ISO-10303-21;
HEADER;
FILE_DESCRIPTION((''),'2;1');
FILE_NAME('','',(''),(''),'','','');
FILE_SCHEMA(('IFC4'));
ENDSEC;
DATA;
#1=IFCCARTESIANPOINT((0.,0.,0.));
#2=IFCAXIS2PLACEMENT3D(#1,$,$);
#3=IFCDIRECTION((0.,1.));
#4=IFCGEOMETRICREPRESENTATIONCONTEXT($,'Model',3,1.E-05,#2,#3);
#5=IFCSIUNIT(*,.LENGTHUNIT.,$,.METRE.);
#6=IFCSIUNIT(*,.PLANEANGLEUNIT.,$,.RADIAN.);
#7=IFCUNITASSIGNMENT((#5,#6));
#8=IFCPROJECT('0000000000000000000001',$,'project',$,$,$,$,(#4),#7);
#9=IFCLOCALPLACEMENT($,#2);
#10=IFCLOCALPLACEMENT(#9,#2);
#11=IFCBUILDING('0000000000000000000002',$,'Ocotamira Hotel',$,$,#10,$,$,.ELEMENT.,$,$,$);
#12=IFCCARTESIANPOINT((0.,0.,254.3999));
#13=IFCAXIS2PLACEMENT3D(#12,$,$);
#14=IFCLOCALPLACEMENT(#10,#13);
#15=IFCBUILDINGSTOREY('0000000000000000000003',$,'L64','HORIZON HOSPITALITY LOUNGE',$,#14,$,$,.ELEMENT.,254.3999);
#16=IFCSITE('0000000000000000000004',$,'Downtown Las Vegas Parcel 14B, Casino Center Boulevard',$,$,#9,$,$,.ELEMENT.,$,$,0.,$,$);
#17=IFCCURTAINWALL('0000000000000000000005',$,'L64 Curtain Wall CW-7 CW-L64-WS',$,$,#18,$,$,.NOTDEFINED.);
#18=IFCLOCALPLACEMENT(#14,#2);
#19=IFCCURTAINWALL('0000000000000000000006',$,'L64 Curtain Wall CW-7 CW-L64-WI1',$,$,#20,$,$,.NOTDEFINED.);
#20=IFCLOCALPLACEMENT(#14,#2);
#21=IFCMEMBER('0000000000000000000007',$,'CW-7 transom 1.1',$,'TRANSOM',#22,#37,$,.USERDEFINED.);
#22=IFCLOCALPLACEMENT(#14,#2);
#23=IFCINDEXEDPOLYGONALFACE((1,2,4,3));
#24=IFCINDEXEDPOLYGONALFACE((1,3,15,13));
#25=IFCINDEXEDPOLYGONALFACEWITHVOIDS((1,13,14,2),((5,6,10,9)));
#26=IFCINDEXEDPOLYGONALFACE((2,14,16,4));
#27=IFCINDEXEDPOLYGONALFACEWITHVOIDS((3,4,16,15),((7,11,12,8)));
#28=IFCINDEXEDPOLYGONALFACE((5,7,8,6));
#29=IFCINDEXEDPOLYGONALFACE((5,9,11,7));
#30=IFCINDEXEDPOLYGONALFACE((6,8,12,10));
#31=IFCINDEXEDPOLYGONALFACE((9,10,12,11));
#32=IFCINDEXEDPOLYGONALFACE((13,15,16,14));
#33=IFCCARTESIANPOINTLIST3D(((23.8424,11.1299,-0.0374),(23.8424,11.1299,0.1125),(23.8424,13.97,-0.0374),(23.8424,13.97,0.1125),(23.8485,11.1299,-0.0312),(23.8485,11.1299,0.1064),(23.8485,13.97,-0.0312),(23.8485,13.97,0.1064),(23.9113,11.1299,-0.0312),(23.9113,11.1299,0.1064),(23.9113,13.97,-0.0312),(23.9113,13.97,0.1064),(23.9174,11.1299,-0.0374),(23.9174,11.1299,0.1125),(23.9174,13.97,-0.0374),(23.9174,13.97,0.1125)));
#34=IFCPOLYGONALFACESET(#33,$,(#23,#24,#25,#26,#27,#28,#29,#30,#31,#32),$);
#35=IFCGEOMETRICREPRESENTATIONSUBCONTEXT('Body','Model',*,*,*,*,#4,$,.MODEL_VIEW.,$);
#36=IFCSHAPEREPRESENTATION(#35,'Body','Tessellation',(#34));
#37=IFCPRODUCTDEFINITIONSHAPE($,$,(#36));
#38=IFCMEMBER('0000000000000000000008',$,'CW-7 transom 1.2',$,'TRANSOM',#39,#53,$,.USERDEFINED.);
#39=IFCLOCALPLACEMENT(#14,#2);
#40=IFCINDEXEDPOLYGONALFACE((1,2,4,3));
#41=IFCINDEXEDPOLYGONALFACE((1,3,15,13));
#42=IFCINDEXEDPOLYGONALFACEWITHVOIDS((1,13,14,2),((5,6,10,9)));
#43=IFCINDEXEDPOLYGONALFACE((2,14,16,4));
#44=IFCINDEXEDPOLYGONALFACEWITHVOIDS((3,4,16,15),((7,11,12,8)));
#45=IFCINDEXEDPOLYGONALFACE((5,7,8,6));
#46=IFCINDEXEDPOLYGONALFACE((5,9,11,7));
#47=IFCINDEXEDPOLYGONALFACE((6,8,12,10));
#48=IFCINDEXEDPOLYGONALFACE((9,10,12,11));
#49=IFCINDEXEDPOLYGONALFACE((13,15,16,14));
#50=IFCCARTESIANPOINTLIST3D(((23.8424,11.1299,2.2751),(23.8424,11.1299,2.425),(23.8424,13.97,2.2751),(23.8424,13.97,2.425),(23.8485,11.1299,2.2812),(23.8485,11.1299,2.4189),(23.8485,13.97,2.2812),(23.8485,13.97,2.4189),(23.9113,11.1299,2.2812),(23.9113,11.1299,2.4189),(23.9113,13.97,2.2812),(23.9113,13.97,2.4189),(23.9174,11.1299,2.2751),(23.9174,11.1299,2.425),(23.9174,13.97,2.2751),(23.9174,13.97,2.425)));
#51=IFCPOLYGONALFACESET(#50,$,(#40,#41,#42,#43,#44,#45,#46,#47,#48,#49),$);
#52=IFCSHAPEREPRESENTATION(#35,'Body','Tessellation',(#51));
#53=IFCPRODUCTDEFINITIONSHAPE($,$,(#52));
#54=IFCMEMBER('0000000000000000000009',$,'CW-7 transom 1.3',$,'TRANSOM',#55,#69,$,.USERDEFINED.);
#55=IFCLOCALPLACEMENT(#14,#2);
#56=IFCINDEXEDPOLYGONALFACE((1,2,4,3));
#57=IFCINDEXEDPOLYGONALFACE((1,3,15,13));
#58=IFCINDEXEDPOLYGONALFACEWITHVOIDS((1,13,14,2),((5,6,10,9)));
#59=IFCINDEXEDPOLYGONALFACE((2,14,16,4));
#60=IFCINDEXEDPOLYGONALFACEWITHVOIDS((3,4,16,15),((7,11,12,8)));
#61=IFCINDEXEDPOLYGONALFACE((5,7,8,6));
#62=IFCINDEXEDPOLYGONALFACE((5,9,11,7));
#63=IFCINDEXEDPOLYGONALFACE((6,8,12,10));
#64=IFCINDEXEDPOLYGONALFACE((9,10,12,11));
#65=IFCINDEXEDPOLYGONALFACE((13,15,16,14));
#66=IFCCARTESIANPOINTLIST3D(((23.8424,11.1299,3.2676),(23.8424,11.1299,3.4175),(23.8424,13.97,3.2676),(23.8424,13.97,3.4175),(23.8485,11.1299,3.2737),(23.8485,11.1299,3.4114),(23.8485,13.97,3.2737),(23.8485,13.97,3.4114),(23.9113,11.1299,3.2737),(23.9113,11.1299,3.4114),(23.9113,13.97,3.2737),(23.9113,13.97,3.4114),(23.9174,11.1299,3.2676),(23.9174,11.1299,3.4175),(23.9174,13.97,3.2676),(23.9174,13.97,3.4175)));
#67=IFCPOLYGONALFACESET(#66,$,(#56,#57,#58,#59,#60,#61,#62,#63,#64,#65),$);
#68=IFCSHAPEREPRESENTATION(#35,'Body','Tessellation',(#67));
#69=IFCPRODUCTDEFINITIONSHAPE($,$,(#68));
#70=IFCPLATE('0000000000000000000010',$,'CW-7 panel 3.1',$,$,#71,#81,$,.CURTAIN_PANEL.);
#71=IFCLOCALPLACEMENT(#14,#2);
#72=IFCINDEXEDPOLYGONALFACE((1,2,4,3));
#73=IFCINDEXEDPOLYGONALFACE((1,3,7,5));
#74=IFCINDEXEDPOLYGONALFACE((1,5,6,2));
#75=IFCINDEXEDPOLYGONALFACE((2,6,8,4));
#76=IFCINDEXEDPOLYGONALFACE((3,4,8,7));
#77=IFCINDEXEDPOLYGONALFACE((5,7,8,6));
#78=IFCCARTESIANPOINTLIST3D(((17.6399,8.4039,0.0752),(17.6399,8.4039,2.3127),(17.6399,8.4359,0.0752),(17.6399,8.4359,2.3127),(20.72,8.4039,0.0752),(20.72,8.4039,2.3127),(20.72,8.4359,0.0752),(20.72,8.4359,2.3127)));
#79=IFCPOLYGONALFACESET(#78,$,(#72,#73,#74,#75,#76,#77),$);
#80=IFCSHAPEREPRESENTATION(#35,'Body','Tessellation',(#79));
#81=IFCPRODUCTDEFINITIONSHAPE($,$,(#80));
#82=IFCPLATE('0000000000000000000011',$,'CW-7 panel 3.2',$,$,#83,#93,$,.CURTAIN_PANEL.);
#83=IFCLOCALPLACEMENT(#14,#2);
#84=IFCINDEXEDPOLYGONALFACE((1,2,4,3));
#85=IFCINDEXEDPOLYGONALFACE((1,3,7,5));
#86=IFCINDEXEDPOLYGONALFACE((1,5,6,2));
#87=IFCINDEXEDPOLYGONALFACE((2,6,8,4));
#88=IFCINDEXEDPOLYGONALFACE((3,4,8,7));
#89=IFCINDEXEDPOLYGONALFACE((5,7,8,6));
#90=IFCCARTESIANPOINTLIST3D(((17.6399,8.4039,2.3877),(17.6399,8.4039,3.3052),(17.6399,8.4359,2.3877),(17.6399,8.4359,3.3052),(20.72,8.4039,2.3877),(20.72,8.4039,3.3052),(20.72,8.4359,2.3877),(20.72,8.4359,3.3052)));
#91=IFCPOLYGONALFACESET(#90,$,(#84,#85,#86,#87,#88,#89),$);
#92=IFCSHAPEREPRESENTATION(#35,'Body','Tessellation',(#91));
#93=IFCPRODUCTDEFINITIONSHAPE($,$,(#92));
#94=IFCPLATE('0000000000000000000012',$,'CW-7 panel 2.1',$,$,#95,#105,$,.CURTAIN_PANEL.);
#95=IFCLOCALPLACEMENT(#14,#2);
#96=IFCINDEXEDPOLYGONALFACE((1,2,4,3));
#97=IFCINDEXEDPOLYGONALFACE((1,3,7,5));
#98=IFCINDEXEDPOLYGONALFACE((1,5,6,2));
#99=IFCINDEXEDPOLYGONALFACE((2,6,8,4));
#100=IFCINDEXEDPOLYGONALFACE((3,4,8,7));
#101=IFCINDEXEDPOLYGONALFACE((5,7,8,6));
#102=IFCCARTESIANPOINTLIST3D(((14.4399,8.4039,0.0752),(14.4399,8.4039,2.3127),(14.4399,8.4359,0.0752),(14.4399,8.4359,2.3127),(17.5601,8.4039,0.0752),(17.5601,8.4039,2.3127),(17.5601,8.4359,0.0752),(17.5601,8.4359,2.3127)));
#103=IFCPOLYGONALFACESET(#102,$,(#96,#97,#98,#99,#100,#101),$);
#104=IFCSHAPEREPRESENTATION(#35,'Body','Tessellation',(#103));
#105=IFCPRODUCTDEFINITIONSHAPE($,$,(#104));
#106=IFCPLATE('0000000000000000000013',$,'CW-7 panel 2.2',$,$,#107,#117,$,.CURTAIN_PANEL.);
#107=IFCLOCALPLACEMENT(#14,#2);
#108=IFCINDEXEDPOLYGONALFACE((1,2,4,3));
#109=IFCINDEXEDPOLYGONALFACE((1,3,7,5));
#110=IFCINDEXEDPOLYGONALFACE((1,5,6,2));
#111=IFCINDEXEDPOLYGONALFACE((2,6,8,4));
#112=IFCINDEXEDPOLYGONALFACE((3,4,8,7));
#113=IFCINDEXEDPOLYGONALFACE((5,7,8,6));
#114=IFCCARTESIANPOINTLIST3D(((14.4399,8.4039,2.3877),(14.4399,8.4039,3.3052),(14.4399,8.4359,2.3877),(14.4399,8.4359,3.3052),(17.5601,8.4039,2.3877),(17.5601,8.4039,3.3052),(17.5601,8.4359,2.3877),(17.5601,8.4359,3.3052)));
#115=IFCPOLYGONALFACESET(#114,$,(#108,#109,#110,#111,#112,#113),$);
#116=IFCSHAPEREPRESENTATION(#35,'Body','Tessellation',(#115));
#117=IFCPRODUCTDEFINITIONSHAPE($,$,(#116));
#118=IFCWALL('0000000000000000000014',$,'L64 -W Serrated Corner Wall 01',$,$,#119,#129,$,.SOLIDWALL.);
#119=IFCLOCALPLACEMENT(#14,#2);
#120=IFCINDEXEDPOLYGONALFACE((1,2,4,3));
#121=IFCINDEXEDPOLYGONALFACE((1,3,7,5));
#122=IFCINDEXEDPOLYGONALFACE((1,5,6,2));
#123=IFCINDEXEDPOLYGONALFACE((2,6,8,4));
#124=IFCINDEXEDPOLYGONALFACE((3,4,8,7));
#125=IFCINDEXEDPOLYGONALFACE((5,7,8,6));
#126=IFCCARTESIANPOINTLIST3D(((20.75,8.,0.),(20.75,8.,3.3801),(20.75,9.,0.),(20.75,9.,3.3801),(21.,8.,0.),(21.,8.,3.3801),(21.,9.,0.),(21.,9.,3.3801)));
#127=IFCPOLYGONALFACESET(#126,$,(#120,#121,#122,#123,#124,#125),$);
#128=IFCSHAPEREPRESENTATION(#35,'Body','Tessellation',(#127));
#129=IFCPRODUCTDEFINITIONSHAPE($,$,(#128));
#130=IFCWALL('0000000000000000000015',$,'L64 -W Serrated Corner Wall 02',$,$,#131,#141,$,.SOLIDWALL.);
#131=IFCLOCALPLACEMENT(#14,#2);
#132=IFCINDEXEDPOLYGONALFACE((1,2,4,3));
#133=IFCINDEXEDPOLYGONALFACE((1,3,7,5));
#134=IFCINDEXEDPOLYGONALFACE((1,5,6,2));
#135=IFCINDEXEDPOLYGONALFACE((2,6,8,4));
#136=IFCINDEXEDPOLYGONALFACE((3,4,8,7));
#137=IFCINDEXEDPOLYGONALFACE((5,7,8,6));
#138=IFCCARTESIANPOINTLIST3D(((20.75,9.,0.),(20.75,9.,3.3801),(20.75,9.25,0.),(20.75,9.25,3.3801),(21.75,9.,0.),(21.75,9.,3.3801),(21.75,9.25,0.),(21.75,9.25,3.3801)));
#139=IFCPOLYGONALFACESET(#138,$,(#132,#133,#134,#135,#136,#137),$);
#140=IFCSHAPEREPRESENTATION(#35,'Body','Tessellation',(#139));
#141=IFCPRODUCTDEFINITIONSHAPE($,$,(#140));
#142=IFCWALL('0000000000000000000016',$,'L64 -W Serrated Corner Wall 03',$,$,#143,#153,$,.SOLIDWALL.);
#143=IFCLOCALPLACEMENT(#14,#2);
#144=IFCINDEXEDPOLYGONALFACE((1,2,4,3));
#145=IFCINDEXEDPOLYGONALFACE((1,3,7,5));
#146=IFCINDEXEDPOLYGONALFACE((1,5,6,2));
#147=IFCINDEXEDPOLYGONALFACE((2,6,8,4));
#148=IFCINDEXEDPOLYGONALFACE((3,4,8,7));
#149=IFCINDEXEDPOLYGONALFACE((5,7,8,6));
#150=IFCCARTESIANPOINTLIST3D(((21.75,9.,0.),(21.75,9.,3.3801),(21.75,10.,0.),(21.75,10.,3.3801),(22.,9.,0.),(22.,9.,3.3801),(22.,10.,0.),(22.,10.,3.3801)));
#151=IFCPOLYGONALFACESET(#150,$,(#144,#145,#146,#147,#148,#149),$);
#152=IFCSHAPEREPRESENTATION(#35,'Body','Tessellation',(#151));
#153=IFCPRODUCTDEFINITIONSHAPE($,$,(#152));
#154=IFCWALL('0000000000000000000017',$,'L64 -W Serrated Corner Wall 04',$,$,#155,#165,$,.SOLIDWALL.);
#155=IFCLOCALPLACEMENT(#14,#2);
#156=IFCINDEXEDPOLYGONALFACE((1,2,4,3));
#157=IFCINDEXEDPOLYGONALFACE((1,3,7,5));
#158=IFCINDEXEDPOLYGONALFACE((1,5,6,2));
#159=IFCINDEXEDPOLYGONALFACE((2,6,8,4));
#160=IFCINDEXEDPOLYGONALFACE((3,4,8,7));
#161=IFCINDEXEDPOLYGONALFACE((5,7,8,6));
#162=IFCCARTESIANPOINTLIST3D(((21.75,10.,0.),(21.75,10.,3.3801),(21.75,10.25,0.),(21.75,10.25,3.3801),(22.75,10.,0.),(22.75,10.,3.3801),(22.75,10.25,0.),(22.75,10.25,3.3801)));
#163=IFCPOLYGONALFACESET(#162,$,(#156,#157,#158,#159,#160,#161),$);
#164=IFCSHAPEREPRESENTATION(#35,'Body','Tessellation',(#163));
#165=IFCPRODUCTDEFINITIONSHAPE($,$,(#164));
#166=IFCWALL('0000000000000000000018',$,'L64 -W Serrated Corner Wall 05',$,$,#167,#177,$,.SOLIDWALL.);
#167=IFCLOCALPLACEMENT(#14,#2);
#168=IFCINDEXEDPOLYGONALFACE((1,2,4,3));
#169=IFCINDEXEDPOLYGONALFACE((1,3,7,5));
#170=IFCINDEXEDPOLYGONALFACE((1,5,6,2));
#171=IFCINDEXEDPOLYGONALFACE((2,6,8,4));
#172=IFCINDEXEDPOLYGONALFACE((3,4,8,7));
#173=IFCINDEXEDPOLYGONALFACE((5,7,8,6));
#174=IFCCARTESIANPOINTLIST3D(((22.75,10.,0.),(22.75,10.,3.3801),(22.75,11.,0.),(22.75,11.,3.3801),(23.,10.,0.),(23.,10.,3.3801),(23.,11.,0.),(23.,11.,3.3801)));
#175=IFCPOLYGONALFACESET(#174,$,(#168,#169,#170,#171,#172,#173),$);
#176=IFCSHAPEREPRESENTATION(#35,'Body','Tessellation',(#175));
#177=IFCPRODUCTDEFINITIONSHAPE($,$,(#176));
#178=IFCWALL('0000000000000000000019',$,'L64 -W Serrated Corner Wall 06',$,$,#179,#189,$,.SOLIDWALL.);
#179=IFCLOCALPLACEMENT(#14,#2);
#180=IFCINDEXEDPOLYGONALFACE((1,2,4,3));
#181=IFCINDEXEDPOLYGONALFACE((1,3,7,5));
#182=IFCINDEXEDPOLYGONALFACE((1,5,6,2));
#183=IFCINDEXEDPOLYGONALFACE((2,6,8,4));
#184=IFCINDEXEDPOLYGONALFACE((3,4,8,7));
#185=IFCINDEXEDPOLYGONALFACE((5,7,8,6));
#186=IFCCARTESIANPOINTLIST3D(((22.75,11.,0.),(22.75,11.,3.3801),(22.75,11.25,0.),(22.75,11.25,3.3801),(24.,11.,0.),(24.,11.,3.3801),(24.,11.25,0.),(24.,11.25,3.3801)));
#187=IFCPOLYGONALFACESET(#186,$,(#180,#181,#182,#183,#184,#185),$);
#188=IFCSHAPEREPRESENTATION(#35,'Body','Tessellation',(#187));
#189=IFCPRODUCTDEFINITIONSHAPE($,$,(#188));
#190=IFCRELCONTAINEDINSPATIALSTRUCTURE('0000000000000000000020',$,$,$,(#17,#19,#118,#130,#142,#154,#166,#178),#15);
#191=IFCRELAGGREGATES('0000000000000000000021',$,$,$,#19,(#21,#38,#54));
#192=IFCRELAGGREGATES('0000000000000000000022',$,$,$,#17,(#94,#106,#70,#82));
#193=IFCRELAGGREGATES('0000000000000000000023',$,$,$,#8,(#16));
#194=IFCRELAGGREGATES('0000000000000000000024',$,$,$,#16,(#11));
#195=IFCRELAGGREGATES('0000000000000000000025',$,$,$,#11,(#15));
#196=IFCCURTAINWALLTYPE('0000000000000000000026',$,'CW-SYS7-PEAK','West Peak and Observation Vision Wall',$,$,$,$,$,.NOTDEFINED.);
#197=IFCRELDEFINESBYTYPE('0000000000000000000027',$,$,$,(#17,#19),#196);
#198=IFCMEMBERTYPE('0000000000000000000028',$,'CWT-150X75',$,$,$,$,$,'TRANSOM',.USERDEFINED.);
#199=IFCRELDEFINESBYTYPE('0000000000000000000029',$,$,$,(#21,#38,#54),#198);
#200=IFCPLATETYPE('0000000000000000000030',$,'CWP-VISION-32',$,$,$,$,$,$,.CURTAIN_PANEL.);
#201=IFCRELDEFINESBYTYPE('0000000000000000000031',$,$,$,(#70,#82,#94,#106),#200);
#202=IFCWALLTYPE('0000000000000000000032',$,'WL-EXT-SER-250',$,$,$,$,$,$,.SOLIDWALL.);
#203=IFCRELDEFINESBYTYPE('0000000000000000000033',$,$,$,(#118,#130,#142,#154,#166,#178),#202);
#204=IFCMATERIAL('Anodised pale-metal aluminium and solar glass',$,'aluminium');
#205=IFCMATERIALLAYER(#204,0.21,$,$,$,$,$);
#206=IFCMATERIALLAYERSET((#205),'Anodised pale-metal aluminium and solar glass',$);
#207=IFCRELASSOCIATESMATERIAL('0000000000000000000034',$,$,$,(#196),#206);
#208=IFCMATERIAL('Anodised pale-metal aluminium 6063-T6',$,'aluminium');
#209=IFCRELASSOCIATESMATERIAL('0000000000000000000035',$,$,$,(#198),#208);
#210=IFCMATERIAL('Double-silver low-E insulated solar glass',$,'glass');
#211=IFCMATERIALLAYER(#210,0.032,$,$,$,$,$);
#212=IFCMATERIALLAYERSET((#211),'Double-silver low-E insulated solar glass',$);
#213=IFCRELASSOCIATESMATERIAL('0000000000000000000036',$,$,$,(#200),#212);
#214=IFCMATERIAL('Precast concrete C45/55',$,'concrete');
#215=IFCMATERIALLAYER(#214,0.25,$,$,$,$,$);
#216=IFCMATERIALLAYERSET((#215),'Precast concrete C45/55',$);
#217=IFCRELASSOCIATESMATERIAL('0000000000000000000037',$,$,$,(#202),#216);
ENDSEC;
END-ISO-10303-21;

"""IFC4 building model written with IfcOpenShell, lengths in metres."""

from ifc_helpers import new_model, si_unit, direction, frame, frame_2d, origin, origin_2d, place, context, subcontext, project, spatial, rectangle, hollow_rectangle, extrude, source, transform, mapped, material, layer, layer_set, material_profile, profile_set, type_object, element, aggregate, save


model = new_model("IFC4")

# Units and contexts
model_context = context("Model", 3, precision=1e-05, world=origin(), true_north=direction((0.0, 1.0)))
body_context = subcontext(model_context, "Body", "Model", "MODEL_VIEW")
ifc_project = project(units=[si_unit("LENGTHUNIT", "METRE"), si_unit("PLANEANGLEUNIT", "RADIAN")], contexts=[model_context])

# Site, building, storey
site_placement = place(None, origin())
site = spatial("IfcSite", under=ifc_project, at=site_placement, Name="Downtown Las Vegas Parcel 14B, Casino Center Boulevard", CompositionType="ELEMENT", RefElevation=0.0)
building_placement = place(site_placement, origin())
building = spatial("IfcBuilding", under=site, at=building_placement, Name="Ocotamira Hotel", CompositionType="ELEMENT")
storey_placement = place(building_placement, frame((0.0, 0.0, 254.3999)))
storey = spatial("IfcBuildingStorey", under=building, at=storey_placement, Name="L64", Description="HORIZON HOSPITALITY LOUNGE", CompositionType="ELEMENT", Elevation=254.3999)

# Curtain wall
ifc_material_1 = material(Name="Anodised pale-metal aluminium and solar glass", Category="aluminium")
ifc_layer_1 = layer(ifc_material_1, 0.21)
ifc_layer_set_1 = layer_set([ifc_layer_1], Name="Anodised pale-metal aluminium and solar glass")
curtain_wall_type = type_object("IfcCurtainWallType", Name="CW-SYS7-PEAK", Description="West Peak and Observation Vision Wall", PredefinedType="NOTDEFINED", material=ifc_layer_set_1)
curtain_wall_1_placement = place(storey_placement, origin())
curtain_wall_1 = element("IfcCurtainWall", 1, at=curtain_wall_1_placement, inside=storey, type_object=curtain_wall_type, Name="L64 Curtain Wall CW-7 CW-L64-WS", PredefinedType="NOTDEFINED")
ifc_material_2 = material(Name="Anodised pale-metal aluminium 6063-T6", Category="aluminium")

# Curtain wall
curtain_wall_2_placement = place(storey_placement, origin())
curtain_wall_2 = element("IfcCurtainWall", 2, at=curtain_wall_2_placement, inside=storey, type_object=curtain_wall_type, Name="L64 Curtain Wall CW-7 CW-L64-WI1", PredefinedType="NOTDEFINED")

# Members
ifc_material_profile_1 = material_profile(ifc_material_2, hollow_rectangle(XDim=0.075, YDim=0.1499, WallThickness=0.0061, at=origin_2d()), Name="HSS150X75X6")
ifc_profile_set_1 = profile_set([ifc_material_profile_1], Name="Anodised pale-metal aluminium 6063-T6")
member_type_1 = type_object("IfcMemberType", Name="CWT-150X75", ElementType="TRANSOM", PredefinedType="USERDEFINED", material=ifc_profile_set_1)
shared_shape_1 = source(origin(), body_context, "Body", "SweptSolid", [
    extrude(hollow_rectangle(XDim=0.075, YDim=0.1499, WallThickness=0.0061, at=origin_2d()), origin(), (0.0, 0.0, 1.0), 2.8401),
])
member_1_placement = place(storey_placement, frame((23.8799, 11.1299, 0.0376), z_axis=(0.0, 1.0, 0.0), x_axis=(-1.0, 0.0, 0.0)))
member_1 = element("IfcMember", 3, at=member_1_placement, type_object=member_type_1, Name="CW-7 transom 1.1", ObjectType="TRANSOM", PredefinedType="USERDEFINED", context=body_context, shape_type="MappedRepresentation", body=[
    mapped(shared_shape_1, transform((0.0, 0.0, 0.0), scale=1.0)),
])
member_2_placement = place(storey_placement, frame((23.8799, 11.1299, 2.3501), z_axis=(0.0, 1.0, 0.0), x_axis=(-1.0, 0.0, 0.0)))
member_2 = element("IfcMember", 4, at=member_2_placement, type_object=member_type_1, Name="CW-7 transom 1.2", ObjectType="TRANSOM", PredefinedType="USERDEFINED", context=body_context, shape_type="MappedRepresentation", body=[
    mapped(shared_shape_1, transform((0.0, 0.0, 0.0), scale=1.0)),
])
member_3_placement = place(storey_placement, frame((23.8799, 11.1299, 3.3425), z_axis=(0.0, 1.0, 0.0), x_axis=(-1.0, 0.0, 0.0)))
member_3 = element("IfcMember", 5, at=member_3_placement, type_object=member_type_1, Name="CW-7 transom 1.3", ObjectType="TRANSOM", PredefinedType="USERDEFINED", context=body_context, shape_type="MappedRepresentation", body=[
    mapped(shared_shape_1, transform((0.0, 0.0, 0.0), scale=1.0)),
])
aggregate(curtain_wall_2, [member_1, member_2, member_3])

# Plates
ifc_material_3 = material(Name="Double-silver low-E insulated solar glass", Category="glass")
ifc_layer_2 = layer(ifc_material_3, 0.032)
ifc_layer_set_2 = layer_set([ifc_layer_2], Name="Double-silver low-E insulated solar glass")
plate_type = type_object("IfcPlateType", Name="CWP-VISION-32", PredefinedType="CURTAIN_PANEL", material=ifc_layer_set_2)
shared_shape_2 = source(origin(), body_context, "Body", "SweptSolid", [
    extrude(rectangle(XDim=3.0801, YDim=0.032, at=origin_2d()), origin(), (0.0, 0.0, 1.0), 2.2375),
])
plate_1_placement = place(storey_placement, frame((19.1799, 8.4199, 0.0752), z_axis=(0.0, 0.0, 1.0), x_axis=(1.0, 0.0, 0.0)))
plate_1 = element("IfcPlate", 6, at=plate_1_placement, type_object=plate_type, Name="CW-7 panel 3.1", PredefinedType="CURTAIN_PANEL", context=body_context, shape_type="MappedRepresentation", body=[
    mapped(shared_shape_2, transform((0.0, 0.0, 0.0), scale=1.0)),
])
shared_shape_3 = source(origin(), body_context, "Body", "SweptSolid", [
    extrude(rectangle(XDim=3.0801, YDim=0.032, at=origin_2d()), origin(), (0.0, 0.0, 1.0), 0.9175),
])
plate_2_placement = place(storey_placement, frame((19.1799, 8.4199, 2.3877), z_axis=(0.0, 0.0, 1.0), x_axis=(1.0, 0.0, 0.0)))
plate_2 = element("IfcPlate", 7, at=plate_2_placement, type_object=plate_type, Name="CW-7 panel 3.2", PredefinedType="CURTAIN_PANEL", context=body_context, shape_type="MappedRepresentation", body=[
    mapped(shared_shape_3, transform((0.0, 0.0, 0.0), scale=1.0)),
])
shared_shape_4 = source(origin(), body_context, "Body", "SweptSolid", [
    extrude(rectangle(XDim=3.1201, YDim=0.032, at=origin_2d()), origin(), (0.0, 0.0, 1.0), 2.2375),
])
plate_3_placement = place(storey_placement, frame((16.0, 8.4199, 0.0752), z_axis=(0.0, 0.0, 1.0), x_axis=(1.0, 0.0, 0.0)))
plate_3 = element("IfcPlate", 8, at=plate_3_placement, type_object=plate_type, Name="CW-7 panel 2.1", PredefinedType="CURTAIN_PANEL", context=body_context, shape_type="MappedRepresentation", body=[
    mapped(shared_shape_4, transform((0.0, 0.0, 0.0), scale=1.0)),
])
shared_shape_5 = source(origin(), body_context, "Body", "SweptSolid", [
    extrude(rectangle(XDim=3.1201, YDim=0.032, at=origin_2d()), origin(), (0.0, 0.0, 1.0), 0.9175),
])
plate_4_placement = place(storey_placement, frame((16.0, 8.4199, 2.3877), z_axis=(0.0, 0.0, 1.0), x_axis=(1.0, 0.0, 0.0)))
plate_4 = element("IfcPlate", 9, at=plate_4_placement, type_object=plate_type, Name="CW-7 panel 2.2", PredefinedType="CURTAIN_PANEL", context=body_context, shape_type="MappedRepresentation", body=[
    mapped(shared_shape_5, transform((0.0, 0.0, 0.0), scale=1.0)),
])
aggregate(curtain_wall_1, [plate_3, plate_4, plate_1, plate_2])

# Walls
ifc_material_4 = material(Name="Precast concrete C45/55", Category="concrete")
ifc_layer_3 = layer(ifc_material_4, 0.25)
ifc_layer_set_3 = layer_set([ifc_layer_3], Name="Precast concrete C45/55")
wall_type_1 = type_object("IfcWallType", Name="WL-EXT-SER-250", PredefinedType="SOLIDWALL", material=ifc_layer_set_3)
for number, where, z_axis, x_axis, name in (
    (10, (20.875, 8.0, 0.0), (0.0, 0.0, 1.0), (0.0, 1.0, 0.0), "L64 -W Serrated Corner Wall 01"),
    (11, (20.75, 9.125, 0.0), (0.0, 0.0, 1.0), (1.0, 0.0, 0.0), "L64 -W Serrated Corner Wall 02"),
    (12, (21.875, 9.0, 0.0), (0.0, 0.0, 1.0), (0.0, 1.0, 0.0), "L64 -W Serrated Corner Wall 03"),
    (13, (21.75, 10.125, 0.0), (0.0, 0.0, 1.0), (1.0, 0.0, 0.0), "L64 -W Serrated Corner Wall 04"),
    (14, (22.875, 10.0, 0.0), (0.0, 0.0, 1.0), (0.0, 1.0, 0.0), "L64 -W Serrated Corner Wall 05"),
):
    element("IfcWall", number, at=place(storey_placement, frame(where, z_axis=z_axis, x_axis=x_axis)), inside=storey, type_object=wall_type_1, Name=name, PredefinedType="SOLIDWALL", context=body_context, shape_type="SweptSolid", body=[
        extrude(rectangle(XDim=1.0, YDim=0.25, at=frame_2d((0.5, 0.0))), origin(), (0.0, 0.0, 1.0), 3.3801),
    ])
wall_1_placement = place(storey_placement, frame((22.75, 11.125, 0.0), z_axis=(0.0, 0.0, 1.0), x_axis=(1.0, 0.0, 0.0)))
element("IfcWall", 15, at=wall_1_placement, inside=storey, type_object=wall_type_1, Name="L64 -W Serrated Corner Wall 06", PredefinedType="SOLIDWALL", context=body_context, shape_type="SweptSolid", body=[
    extrude(rectangle(XDim=1.25, YDim=0.25, at=frame_2d((0.625, 0.0))), origin(), (0.0, 0.0, 1.0), 3.3801),
])

save(model, "model.ifc")
